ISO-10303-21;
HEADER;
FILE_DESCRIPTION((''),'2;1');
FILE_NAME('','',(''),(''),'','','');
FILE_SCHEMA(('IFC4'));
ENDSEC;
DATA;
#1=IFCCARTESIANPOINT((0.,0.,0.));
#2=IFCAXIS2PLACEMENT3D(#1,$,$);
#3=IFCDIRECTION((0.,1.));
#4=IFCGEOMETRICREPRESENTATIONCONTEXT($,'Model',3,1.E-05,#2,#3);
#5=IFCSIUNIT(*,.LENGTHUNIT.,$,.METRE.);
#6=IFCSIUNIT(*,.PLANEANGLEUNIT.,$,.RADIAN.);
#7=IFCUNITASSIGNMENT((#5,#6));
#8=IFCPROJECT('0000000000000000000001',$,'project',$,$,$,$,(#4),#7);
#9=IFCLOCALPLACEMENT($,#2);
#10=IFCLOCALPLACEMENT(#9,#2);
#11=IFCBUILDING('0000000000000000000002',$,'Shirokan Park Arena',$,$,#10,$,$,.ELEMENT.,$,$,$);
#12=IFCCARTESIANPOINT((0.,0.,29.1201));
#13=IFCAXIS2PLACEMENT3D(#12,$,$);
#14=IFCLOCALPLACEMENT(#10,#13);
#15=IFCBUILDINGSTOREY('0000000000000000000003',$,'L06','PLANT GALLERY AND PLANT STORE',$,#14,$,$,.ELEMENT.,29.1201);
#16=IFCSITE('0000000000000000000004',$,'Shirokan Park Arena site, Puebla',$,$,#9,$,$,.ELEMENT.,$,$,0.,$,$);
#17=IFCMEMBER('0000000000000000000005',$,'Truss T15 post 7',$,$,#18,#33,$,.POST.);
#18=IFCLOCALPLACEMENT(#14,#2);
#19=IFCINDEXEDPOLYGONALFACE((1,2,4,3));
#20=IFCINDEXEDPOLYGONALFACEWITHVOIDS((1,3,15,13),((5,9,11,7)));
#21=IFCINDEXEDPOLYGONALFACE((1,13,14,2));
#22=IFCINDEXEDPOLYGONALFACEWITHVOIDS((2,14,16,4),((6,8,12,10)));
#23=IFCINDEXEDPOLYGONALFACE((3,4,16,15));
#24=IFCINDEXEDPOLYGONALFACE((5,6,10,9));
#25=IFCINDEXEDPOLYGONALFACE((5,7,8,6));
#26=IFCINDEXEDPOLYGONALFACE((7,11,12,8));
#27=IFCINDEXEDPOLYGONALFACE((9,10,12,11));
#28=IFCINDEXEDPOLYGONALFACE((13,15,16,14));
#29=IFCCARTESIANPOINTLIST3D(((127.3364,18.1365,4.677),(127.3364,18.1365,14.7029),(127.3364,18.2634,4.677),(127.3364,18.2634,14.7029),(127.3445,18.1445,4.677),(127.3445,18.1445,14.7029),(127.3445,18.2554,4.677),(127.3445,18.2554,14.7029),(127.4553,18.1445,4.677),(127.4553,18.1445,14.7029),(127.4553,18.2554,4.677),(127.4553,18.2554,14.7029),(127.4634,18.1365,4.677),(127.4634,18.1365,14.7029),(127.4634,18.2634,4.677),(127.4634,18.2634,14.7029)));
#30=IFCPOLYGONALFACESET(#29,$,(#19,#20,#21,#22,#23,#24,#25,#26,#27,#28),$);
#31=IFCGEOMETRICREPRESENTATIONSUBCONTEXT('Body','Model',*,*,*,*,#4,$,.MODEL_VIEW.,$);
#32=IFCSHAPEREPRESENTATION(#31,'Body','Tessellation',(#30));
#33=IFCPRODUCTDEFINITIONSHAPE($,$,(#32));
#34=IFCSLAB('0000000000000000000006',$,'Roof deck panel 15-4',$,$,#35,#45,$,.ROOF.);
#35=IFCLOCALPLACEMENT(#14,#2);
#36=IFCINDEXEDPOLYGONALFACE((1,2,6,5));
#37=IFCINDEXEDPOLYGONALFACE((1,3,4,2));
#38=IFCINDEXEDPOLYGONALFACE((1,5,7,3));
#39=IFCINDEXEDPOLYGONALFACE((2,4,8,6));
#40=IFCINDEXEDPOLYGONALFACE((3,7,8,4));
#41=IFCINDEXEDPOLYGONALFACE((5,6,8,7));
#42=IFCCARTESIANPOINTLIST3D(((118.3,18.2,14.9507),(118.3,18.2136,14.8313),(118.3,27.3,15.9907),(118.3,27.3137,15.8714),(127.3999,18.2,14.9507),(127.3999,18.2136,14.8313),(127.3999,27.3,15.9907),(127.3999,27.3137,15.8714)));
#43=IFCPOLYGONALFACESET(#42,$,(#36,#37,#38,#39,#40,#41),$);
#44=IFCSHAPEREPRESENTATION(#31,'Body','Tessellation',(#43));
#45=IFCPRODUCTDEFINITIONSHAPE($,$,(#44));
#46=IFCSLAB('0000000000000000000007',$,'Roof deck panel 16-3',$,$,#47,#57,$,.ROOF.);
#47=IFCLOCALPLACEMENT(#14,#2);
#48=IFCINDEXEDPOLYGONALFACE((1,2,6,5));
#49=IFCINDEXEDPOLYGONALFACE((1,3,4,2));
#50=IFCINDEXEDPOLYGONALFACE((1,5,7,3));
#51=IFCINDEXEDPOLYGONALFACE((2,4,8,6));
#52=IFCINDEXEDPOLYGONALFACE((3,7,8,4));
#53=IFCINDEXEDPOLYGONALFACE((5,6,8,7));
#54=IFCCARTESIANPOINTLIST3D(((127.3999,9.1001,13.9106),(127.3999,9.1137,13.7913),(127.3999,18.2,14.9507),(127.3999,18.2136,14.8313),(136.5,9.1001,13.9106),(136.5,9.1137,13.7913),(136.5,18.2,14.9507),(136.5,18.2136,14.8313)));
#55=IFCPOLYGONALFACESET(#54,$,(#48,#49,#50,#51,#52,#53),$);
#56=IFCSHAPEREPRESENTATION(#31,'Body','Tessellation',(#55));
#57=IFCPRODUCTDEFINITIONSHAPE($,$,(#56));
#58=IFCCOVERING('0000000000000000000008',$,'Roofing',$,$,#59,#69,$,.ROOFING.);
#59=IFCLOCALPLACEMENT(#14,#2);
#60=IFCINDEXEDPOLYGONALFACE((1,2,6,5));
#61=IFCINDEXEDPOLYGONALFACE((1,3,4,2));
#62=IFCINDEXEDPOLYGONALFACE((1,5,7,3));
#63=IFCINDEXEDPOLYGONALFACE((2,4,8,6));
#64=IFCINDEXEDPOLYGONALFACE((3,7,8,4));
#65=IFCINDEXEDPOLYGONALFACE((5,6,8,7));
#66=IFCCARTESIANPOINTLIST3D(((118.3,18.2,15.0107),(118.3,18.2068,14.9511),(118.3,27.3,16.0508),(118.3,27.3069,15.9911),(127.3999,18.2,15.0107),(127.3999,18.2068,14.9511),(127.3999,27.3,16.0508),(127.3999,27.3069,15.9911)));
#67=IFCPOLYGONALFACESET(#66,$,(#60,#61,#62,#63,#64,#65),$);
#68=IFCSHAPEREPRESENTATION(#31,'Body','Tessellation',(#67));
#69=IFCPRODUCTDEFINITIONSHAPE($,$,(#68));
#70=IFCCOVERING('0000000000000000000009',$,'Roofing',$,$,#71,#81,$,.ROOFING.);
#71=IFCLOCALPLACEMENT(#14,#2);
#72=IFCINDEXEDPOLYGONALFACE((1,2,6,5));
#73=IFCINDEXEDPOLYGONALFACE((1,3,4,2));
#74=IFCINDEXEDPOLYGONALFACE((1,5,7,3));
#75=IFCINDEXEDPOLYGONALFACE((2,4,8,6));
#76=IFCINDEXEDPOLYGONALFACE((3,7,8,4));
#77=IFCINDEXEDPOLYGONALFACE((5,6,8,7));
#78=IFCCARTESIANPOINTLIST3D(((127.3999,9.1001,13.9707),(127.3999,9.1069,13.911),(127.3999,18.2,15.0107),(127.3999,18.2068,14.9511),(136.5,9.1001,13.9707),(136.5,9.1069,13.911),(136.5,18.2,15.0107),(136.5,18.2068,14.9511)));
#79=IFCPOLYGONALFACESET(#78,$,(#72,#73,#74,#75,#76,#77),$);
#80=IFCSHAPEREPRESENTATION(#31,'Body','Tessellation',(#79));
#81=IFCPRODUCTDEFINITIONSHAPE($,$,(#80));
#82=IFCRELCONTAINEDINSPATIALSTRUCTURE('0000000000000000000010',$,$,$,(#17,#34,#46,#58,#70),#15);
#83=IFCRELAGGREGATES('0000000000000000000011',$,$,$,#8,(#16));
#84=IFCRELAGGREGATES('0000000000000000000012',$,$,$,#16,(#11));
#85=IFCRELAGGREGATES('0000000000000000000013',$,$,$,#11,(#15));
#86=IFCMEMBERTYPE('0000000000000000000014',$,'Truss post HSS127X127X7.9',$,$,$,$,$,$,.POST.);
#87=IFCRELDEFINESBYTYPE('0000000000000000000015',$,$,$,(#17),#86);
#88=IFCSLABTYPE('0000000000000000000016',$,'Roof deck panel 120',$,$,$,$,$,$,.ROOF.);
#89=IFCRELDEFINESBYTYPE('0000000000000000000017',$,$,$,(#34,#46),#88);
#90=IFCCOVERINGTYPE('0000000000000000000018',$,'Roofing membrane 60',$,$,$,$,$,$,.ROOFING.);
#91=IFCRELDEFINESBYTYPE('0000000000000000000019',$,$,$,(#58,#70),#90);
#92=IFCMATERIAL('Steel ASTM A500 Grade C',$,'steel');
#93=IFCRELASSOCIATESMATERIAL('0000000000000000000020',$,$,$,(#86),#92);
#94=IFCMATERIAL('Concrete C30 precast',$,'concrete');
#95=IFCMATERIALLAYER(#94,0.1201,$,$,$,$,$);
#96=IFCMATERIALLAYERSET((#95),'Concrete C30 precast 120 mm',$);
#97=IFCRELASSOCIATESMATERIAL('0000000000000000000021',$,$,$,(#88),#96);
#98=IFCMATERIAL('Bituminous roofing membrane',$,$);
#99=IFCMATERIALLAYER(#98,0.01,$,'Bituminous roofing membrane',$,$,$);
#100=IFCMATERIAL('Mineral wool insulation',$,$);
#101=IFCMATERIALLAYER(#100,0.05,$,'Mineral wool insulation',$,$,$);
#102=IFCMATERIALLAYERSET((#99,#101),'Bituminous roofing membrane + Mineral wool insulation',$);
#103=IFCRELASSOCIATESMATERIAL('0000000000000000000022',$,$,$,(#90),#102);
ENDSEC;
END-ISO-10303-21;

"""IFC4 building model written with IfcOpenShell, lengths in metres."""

from ifc_helpers import new_model, si_unit, direction, frame, origin, origin_2d, place, context, subcontext, project, spatial, polyline, hollow_rectangle, outline, extrude, material, layer, layer_set, material_profile, profile_set, type_object, element, save


model = new_model("IFC4")

# Units and contexts
model_context = context("Model", 3, precision=1e-05, world=origin(), true_north=direction((0.0, 1.0)))
body_context = subcontext(model_context, "Body", "Model", "MODEL_VIEW")
ifc_project = project(units=[si_unit("LENGTHUNIT", "METRE"), si_unit("PLANEANGLEUNIT", "RADIAN")], contexts=[model_context])

# Site, building, storey
site_placement = place(None, origin())
site = spatial("IfcSite", under=ifc_project, at=site_placement, Name="Shirokan Park Arena site, Puebla", CompositionType="ELEMENT", RefElevation=0.0)
building_placement = place(site_placement, origin())
building = spatial("IfcBuilding", under=site, at=building_placement, Name="Shirokan Park Arena", CompositionType="ELEMENT")
storey_placement = place(building_placement, frame((0.0, 0.0, 29.1201)))
storey = spatial("IfcBuildingStorey", under=building, at=storey_placement, Name="L06", Description="PLANT GALLERY AND PLANT STORE", CompositionType="ELEMENT", Elevation=29.1201)

# Member
ifc_material_1 = material(Name="Steel ASTM A500 Grade C", Category="steel")
ifc_material_profile_1 = material_profile(ifc_material_1, hollow_rectangle(XDim=0.127, YDim=0.127, WallThickness=0.0081, at=origin_2d()), Name="HSS127X127X7.9")
ifc_profile_set_1 = profile_set([ifc_material_profile_1], Name="Steel ASTM A500 Grade C")
member_type_1 = type_object("IfcMemberType", Name="Truss post HSS127X127X7.9", PredefinedType="POST", material=ifc_profile_set_1)
member_1_placement = place(storey_placement, frame((127.3999, 18.2, 4.677), z_axis=(0.0, 0.0, 1.0), x_axis=(1.0, 0.0, 0.0)))
element("IfcMember", 1, at=member_1_placement, inside=storey, type_object=member_type_1, Name="Truss T15 post 7", PredefinedType="POST", context=body_context, shape_type="SweptSolid", body=[
    extrude(hollow_rectangle(XDim=0.127, YDim=0.127, WallThickness=0.0081, at=origin_2d()), origin(), (0.0, 0.0, 1.0), 10.0259),
])

# Slabs
ifc_material_2 = material(Name="Concrete C30 precast", Category="concrete")
ifc_layer_1 = layer(ifc_material_2, 0.1201)
ifc_layer_set_1 = layer_set([ifc_layer_1], Name="Concrete C30 precast 120 mm")
slab_type = type_object("IfcSlabType", Name="Roof deck panel 120", PredefinedType="ROOF", material=ifc_layer_set_1)
slab_1_placement = place(storey_placement, frame((118.3, 18.2, 14.9507), z_axis=(0.0, -0.11355, 0.993532), x_axis=(1.0, 0.0, 0.0)))
element("IfcSlab", 2, at=slab_1_placement, inside=storey, type_object=slab_type, Name="Roof deck panel 15-4", PredefinedType="ROOF", context=body_context, shape_type="SweptSolid", body=[
    extrude(outline(polyline([(0.0, 0.0), (9.0999, 0.0), (9.0999, 9.1593), (0.0, 9.1593), (0.0, 0.0)])), origin(), (0.0, 0.0, -1.0), 0.1201),
])
slab_2_placement = place(storey_placement, frame((127.3999, 9.1001, 13.9106), z_axis=(0.0, -0.113553, 0.993532), x_axis=(1.0, 0.0, 0.0)))
element("IfcSlab", 3, at=slab_2_placement, inside=storey, type_object=slab_type, Name="Roof deck panel 16-3", PredefinedType="ROOF", context=body_context, shape_type="SweptSolid", body=[
    extrude(outline(polyline([(0.0, 0.0), (9.1001, 0.0), (9.1001, 9.1591), (0.0, 9.1591), (0.0, 0.0)])), origin(), (0.0, 0.0, -1.0), 0.1201),
])

# Coverings
ifc_material_3 = material(Name="Bituminous roofing membrane")
ifc_layer_2 = layer(ifc_material_3, 0.01, Name="Bituminous roofing membrane")
ifc_material_4 = material(Name="Mineral wool insulation")
ifc_layer_3 = layer(ifc_material_4, 0.05, Name="Mineral wool insulation")
ifc_layer_set_2 = layer_set([ifc_layer_2, ifc_layer_3], Name="Bituminous roofing membrane + Mineral wool insulation")
covering_type = type_object("IfcCoveringType", Name="Roofing membrane 60", PredefinedType="ROOFING", material=ifc_layer_set_2)
covering_1_placement = place(storey_placement, frame((118.3, 18.2, 15.0107), z_axis=(0.0, -0.11355, 0.993532), x_axis=(1.0, 0.0, 0.0)))
element("IfcCovering", 4, at=covering_1_placement, inside=storey, type_object=covering_type, Name="Roofing", PredefinedType="ROOFING", context=body_context, shape_type="SweptSolid", body=[
    extrude(outline(polyline([(0.0, 0.0), (9.0999, 0.0), (9.0999, 9.1593), (0.0, 9.1593), (0.0, 0.0)])), origin(), (0.0, 0.0, -1.0), 0.0601),
])
covering_2_placement = place(storey_placement, frame((127.3999, 9.1001, 13.9707), z_axis=(0.0, -0.113553, 0.993532), x_axis=(1.0, 0.0, 0.0)))
element("IfcCovering", 5, at=covering_2_placement, inside=storey, type_object=covering_type, Name="Roofing", PredefinedType="ROOFING", context=body_context, shape_type="SweptSolid", body=[
    extrude(outline(polyline([(0.0, 0.0), (9.1001, 0.0), (9.1001, 9.1591), (0.0, 9.1591), (0.0, 0.0)])), origin(), (0.0, 0.0, -1.0), 0.0601),
])

save(model, "model.ifc")
